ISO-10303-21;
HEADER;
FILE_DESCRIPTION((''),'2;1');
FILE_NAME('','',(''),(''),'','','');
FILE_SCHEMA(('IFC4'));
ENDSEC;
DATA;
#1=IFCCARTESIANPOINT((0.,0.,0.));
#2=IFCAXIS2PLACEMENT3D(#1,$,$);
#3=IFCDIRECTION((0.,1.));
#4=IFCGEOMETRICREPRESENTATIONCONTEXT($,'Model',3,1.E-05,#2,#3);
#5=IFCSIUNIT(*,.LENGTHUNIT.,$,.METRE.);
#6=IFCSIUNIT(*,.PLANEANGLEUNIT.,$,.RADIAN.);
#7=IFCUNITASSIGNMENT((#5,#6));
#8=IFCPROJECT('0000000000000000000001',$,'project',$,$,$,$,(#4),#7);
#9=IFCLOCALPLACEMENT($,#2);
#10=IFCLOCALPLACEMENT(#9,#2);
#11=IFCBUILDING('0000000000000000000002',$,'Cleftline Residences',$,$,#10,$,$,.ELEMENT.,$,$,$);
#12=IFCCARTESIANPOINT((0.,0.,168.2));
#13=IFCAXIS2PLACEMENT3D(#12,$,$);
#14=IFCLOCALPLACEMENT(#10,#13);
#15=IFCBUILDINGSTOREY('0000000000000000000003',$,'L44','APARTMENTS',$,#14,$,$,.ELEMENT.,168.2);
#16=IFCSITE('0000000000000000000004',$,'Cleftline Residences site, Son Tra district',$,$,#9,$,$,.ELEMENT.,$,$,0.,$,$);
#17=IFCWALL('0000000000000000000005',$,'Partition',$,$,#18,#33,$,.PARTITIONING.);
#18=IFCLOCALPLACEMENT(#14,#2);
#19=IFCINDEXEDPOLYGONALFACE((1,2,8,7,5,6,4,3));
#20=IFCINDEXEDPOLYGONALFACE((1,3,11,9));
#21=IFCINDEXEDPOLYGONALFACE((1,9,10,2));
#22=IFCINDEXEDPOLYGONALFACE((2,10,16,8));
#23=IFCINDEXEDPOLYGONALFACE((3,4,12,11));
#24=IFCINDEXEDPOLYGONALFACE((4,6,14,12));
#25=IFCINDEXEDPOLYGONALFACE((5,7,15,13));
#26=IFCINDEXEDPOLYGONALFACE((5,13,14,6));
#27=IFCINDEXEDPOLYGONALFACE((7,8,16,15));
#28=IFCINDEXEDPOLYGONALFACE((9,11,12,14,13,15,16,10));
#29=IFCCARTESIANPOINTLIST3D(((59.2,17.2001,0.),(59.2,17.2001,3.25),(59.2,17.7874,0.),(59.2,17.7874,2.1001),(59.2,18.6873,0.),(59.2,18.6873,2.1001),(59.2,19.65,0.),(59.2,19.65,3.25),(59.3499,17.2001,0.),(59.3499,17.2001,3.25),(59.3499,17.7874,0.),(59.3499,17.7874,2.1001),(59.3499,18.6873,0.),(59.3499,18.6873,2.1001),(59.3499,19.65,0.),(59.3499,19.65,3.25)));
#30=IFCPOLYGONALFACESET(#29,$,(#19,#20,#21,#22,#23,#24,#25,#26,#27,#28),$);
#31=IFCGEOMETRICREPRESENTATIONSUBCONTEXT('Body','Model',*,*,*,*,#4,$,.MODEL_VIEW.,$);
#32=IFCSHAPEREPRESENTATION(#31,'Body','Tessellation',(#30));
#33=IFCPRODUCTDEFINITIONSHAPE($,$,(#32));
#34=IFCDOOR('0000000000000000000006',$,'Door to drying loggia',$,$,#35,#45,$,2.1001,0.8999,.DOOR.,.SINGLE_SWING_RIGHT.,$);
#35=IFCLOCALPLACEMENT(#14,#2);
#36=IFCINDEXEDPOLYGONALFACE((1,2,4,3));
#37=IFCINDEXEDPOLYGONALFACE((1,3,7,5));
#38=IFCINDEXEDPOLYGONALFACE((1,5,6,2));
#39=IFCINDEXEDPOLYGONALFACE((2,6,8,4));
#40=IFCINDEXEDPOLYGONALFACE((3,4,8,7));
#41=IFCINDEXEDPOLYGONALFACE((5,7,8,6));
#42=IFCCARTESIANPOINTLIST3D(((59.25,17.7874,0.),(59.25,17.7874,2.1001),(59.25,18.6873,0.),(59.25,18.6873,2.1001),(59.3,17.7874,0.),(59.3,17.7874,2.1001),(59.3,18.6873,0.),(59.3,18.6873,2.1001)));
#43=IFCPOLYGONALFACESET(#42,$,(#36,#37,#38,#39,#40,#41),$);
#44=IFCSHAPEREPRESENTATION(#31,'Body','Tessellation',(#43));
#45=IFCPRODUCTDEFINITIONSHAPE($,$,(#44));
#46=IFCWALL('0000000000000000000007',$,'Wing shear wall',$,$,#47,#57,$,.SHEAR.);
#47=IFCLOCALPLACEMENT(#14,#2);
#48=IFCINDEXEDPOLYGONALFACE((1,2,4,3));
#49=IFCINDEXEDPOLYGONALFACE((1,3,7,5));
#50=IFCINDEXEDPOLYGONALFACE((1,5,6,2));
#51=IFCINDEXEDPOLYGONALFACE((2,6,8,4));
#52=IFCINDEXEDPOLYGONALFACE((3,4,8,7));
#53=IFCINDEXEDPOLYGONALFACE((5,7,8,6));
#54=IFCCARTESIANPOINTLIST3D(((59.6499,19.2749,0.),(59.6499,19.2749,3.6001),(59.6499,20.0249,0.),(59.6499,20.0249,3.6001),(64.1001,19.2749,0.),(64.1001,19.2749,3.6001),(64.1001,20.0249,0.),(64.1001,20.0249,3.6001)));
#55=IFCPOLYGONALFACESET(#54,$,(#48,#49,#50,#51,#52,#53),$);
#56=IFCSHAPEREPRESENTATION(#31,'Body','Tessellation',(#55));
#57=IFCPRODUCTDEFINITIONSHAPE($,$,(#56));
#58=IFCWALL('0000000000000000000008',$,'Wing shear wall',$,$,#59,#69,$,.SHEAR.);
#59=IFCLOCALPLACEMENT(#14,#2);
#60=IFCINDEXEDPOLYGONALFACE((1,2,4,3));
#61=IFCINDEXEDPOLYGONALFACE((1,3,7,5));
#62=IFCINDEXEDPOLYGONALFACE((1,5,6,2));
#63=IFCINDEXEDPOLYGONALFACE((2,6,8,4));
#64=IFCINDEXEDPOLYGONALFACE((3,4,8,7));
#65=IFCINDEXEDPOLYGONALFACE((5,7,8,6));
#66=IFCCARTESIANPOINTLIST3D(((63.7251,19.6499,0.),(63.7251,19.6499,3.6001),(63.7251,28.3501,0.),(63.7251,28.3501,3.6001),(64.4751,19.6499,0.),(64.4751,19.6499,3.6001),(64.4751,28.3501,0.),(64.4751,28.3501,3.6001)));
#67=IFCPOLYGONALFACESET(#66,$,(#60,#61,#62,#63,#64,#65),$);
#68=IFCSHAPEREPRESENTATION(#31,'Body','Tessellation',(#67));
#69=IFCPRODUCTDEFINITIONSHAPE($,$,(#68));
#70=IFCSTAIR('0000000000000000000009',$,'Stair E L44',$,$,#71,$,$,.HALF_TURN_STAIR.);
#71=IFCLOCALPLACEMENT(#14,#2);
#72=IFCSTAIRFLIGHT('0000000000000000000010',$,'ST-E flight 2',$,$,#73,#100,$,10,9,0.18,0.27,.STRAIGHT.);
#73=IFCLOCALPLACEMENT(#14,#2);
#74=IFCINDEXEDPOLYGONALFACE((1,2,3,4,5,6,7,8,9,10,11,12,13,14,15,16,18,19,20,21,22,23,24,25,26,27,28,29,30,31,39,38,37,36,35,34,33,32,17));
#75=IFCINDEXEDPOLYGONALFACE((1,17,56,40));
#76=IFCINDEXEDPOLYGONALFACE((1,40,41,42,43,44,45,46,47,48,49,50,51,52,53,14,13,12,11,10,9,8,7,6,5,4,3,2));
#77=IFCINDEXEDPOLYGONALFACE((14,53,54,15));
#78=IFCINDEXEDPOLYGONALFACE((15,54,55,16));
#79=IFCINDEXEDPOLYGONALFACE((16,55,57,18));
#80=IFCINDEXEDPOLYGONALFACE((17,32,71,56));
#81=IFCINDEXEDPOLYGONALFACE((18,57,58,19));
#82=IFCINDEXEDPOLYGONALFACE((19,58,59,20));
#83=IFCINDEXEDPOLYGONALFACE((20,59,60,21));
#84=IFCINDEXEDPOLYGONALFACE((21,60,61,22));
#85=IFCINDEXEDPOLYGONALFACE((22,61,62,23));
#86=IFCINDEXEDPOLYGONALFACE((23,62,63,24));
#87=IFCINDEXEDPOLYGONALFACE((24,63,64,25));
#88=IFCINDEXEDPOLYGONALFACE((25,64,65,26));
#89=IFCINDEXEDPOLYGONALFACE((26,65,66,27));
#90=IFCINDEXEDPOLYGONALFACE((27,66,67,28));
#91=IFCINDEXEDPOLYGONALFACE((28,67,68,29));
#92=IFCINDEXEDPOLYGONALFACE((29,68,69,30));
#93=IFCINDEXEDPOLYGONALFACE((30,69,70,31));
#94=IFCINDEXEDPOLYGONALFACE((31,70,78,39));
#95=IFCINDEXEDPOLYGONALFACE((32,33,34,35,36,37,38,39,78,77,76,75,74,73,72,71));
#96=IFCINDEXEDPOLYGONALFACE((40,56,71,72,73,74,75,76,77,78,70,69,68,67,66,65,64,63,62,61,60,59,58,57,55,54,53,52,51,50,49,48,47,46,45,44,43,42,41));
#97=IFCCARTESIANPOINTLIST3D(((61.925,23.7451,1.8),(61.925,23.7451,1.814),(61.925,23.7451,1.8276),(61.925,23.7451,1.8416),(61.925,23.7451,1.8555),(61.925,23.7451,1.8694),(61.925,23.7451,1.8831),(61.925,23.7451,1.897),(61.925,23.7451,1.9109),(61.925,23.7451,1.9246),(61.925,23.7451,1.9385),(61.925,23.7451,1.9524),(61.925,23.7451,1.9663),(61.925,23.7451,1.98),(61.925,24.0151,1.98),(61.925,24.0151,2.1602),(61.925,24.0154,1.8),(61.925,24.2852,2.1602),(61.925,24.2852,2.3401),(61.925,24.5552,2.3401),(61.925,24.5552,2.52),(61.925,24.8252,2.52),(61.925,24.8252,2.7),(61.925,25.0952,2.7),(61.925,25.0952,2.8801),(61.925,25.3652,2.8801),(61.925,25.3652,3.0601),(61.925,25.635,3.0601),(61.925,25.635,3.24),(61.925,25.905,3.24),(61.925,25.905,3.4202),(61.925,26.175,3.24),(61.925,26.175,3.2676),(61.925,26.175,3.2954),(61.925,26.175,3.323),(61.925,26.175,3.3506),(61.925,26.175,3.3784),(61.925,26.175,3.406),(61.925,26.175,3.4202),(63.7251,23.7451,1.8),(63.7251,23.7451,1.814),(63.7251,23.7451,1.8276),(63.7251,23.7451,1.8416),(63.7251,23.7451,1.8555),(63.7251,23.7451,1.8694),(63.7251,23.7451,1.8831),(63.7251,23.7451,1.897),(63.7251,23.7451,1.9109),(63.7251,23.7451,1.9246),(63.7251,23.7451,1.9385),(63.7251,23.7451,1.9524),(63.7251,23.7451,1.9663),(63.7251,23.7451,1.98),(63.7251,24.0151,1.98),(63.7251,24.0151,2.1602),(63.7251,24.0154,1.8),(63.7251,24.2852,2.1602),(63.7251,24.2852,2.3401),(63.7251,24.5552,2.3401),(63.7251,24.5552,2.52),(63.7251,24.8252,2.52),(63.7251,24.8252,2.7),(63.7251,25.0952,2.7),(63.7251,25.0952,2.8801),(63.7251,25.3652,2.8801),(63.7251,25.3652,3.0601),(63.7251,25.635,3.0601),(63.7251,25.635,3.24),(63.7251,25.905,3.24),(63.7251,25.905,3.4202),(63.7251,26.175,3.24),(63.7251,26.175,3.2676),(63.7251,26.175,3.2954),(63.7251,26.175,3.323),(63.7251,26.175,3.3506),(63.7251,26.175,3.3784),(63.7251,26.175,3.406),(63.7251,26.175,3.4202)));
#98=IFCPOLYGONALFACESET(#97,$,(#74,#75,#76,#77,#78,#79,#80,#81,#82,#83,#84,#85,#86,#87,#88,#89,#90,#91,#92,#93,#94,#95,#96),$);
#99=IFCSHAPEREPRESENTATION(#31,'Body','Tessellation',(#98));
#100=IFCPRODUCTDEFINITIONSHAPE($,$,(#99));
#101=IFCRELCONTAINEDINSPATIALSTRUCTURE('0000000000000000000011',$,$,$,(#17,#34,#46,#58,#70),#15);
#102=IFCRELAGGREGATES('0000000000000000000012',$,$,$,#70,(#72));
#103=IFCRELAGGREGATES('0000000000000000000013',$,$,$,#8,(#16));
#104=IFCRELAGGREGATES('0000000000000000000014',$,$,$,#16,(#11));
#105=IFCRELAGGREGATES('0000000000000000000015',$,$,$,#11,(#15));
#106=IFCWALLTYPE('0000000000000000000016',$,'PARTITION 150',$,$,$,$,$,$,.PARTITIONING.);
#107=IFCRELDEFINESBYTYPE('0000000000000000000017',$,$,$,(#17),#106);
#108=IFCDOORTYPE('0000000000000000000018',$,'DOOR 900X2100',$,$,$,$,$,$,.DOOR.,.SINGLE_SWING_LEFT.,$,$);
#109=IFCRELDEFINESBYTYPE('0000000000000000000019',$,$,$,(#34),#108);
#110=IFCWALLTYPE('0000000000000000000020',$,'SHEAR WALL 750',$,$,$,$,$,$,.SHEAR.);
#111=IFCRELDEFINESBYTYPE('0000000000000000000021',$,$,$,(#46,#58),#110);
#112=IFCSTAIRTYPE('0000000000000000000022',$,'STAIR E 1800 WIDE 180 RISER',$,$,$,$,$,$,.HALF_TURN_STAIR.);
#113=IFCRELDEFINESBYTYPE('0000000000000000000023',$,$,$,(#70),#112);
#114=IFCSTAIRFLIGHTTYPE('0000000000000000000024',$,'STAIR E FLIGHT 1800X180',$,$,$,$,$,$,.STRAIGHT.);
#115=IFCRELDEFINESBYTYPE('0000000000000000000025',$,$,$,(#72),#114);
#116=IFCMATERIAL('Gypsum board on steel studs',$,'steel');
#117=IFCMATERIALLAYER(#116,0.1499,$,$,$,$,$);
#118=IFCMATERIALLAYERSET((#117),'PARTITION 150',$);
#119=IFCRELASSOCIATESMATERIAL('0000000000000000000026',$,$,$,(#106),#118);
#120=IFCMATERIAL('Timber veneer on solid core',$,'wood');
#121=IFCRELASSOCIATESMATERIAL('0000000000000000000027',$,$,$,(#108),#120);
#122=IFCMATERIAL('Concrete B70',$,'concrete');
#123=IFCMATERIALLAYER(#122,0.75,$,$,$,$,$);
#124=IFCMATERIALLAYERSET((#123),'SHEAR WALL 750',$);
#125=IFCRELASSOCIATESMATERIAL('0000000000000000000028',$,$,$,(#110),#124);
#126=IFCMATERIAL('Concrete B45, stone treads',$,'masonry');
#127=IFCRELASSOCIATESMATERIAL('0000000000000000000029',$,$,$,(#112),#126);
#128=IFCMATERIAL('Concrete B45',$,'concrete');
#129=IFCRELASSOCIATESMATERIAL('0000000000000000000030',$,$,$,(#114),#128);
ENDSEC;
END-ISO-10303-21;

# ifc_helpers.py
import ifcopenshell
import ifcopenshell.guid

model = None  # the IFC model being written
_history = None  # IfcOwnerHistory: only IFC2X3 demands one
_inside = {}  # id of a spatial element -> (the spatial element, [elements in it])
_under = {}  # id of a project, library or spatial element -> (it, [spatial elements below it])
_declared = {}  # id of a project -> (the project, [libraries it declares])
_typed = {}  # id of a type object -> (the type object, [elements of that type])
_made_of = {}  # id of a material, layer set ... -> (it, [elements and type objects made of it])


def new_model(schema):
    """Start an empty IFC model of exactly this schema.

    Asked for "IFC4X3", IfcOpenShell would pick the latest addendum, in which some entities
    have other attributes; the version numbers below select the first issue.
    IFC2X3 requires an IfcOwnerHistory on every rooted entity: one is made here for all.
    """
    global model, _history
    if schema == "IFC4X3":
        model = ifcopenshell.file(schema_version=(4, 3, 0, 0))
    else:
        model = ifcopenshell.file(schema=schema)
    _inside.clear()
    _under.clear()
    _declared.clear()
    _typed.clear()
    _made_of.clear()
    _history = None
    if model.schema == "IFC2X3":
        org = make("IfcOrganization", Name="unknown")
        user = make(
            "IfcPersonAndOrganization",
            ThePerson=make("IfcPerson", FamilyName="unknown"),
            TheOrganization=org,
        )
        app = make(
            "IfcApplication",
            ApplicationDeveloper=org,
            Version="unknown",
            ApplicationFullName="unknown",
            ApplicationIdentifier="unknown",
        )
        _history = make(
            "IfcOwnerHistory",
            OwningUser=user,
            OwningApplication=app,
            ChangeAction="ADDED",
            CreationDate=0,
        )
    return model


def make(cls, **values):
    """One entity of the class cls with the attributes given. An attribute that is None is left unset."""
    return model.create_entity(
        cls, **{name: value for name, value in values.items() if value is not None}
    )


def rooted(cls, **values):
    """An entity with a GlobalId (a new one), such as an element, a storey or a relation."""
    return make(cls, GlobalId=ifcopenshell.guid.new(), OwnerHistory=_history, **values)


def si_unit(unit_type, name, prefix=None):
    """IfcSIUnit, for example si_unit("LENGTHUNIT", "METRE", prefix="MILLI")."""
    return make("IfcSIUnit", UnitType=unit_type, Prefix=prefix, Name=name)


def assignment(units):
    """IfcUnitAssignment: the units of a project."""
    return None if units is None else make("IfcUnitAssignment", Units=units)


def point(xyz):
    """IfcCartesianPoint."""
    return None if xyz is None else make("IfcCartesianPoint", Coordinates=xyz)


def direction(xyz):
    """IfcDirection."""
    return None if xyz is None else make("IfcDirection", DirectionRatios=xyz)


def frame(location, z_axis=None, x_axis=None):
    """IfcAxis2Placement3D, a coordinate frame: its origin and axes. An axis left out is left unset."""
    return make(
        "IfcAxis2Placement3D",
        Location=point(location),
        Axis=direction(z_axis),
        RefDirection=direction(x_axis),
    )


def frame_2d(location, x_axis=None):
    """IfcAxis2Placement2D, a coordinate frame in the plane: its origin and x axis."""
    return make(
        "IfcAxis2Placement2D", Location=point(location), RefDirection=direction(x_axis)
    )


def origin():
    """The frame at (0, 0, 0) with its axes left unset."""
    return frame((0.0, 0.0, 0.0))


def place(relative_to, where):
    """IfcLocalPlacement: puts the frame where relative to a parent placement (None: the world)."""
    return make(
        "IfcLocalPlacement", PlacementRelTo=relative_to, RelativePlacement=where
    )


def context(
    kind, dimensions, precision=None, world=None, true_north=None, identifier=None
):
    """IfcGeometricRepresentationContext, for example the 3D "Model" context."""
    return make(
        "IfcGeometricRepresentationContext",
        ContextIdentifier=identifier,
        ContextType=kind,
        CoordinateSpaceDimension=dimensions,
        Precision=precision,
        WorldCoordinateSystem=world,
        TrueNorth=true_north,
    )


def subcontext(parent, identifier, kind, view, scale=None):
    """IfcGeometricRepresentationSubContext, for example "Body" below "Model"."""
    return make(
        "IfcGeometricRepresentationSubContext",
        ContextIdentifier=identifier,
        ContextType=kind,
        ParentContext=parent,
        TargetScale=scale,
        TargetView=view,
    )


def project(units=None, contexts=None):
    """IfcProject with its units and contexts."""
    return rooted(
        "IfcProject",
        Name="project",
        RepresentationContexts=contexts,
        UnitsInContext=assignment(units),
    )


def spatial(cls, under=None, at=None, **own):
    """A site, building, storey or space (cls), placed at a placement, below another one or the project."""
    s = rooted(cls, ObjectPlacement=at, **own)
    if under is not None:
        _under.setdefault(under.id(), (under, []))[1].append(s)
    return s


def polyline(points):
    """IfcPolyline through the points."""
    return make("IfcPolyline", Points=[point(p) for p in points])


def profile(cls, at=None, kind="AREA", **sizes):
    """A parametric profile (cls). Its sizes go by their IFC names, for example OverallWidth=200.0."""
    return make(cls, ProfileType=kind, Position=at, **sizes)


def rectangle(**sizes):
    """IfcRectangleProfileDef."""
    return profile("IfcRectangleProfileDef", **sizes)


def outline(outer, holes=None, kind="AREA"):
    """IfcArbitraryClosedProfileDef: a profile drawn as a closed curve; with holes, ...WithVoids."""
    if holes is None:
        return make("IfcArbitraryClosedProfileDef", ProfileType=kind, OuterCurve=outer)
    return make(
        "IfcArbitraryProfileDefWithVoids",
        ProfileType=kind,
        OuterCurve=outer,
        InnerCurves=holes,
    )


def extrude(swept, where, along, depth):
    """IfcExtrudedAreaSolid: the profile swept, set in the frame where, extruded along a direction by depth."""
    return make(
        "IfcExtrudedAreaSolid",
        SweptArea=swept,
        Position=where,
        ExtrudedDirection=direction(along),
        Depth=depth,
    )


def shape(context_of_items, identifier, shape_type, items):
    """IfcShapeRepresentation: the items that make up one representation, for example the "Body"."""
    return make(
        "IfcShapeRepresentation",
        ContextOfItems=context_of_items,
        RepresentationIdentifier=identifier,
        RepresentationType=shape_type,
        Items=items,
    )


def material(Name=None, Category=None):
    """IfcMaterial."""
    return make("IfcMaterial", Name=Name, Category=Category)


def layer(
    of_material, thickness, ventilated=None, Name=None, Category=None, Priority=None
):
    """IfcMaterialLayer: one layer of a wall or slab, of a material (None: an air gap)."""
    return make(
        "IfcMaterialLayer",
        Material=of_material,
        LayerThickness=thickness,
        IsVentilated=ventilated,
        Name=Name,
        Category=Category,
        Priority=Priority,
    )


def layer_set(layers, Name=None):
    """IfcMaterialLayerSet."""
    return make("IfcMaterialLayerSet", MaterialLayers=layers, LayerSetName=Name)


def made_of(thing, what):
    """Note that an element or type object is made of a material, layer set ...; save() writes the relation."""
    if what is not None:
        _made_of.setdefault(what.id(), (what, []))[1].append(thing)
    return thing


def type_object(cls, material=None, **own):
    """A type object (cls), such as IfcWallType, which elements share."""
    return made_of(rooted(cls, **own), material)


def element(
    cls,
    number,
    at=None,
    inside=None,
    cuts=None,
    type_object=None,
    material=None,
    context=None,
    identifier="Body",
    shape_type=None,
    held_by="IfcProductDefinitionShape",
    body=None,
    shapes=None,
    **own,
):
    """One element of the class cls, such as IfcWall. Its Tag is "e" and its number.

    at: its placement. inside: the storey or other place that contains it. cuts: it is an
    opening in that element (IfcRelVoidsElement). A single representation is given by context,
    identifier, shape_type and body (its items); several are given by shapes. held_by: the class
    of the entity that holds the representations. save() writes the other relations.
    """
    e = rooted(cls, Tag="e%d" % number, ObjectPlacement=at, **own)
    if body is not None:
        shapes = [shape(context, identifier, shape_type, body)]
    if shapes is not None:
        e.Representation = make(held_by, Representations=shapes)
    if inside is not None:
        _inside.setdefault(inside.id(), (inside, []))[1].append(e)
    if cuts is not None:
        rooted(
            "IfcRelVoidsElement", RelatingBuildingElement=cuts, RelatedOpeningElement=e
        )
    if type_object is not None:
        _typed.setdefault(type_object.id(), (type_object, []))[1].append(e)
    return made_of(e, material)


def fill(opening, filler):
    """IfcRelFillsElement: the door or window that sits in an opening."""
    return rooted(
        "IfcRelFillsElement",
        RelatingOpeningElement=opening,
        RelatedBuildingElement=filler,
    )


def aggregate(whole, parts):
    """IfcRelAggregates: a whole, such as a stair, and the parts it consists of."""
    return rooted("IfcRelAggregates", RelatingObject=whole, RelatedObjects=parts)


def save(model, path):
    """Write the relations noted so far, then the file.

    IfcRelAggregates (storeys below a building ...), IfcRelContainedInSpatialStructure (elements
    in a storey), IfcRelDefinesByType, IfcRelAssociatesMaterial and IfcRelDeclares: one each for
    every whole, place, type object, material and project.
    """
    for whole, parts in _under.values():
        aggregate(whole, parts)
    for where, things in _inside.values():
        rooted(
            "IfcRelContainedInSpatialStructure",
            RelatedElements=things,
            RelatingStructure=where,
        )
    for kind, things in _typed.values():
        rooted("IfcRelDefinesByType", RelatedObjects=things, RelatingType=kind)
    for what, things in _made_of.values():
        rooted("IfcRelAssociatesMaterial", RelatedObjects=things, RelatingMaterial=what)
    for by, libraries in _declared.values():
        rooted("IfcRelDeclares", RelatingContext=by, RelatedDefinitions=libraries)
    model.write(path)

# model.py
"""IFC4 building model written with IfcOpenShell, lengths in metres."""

from ifc_helpers import new_model, si_unit, direction, frame, frame_2d, origin, place, context, subcontext, project, spatial, polyline, rectangle, outline, extrude, material, layer, layer_set, type_object, element, fill, aggregate, save


model = new_model("IFC4")

# Units and contexts
model_context = context("Model", 3, precision=1e-05, world=origin(), true_north=direction((0.0, 1.0)))
body_context = subcontext(model_context, "Body", "Model", "MODEL_VIEW")
ifc_project = project(units=[si_unit("LENGTHUNIT", "METRE"), si_unit("PLANEANGLEUNIT", "RADIAN")], contexts=[model_context])

# Site, building, storey
site_placement = place(None, origin())
site = spatial("IfcSite", under=ifc_project, at=site_placement, Name="Cleftline Residences site, Son Tra district", CompositionType="ELEMENT", RefElevation=0.0)
building_placement = place(site_placement, origin())
building = spatial("IfcBuilding", under=site, at=building_placement, Name="Cleftline Residences", CompositionType="ELEMENT")
storey_placement = place(building_placement, frame((0.0, 0.0, 168.2)))
storey = spatial("IfcBuildingStorey", under=building, at=storey_placement, Name="L44", Description="APARTMENTS", CompositionType="ELEMENT", Elevation=168.2)

# Shared definitions
ifc_material_1 = material(Name="Gypsum board on steel studs", Category="steel")
ifc_layer_1 = layer(ifc_material_1, 0.1499)
ifc_layer_set_1 = layer_set([ifc_layer_1], Name="PARTITION 150")
wall_type_1 = type_object("IfcWallType", Name="PARTITION 150", PredefinedType="PARTITIONING", material=ifc_layer_set_1)

# Wall, opening, door
wall_1_placement = place(storey_placement, frame((59.2749, 17.2, 0.0), z_axis=(0.0, 0.0, 1.0), x_axis=(0.0, 1.0, 0.0)))
wall_1 = element("IfcWall", 1, at=wall_1_placement, inside=storey, type_object=wall_type_1, Name="Partition", PredefinedType="PARTITIONING", context=body_context, shape_type="SweptSolid", body=[
    extrude(rectangle(XDim=2.45, YDim=0.1499, at=frame_2d((1.2251, 0.0))), origin(), (0.0, 0.0, 1.0), 3.25),
])
opening_1_placement = place(wall_1_placement, frame((0.5874, 0.0, 0.0)))
opening_1 = element("IfcOpeningElement", 2, at=opening_1_placement, cuts=wall_1, PredefinedType="OPENING", context=body_context, shape_type="SweptSolid", body=[
    extrude(rectangle(XDim=0.8999, YDim=2.1001, at=frame_2d((0.45, 1.05))), frame((0.0, 0.085, 0.0), z_axis=(0.0, -1.0, 0.0), x_axis=(1.0, 0.0, 0.0)), (0.0, 0.0, 1.0), 0.1699),
])
ifc_material_2 = material(Name="Timber veneer on solid core", Category="wood")
door_type_1 = type_object("IfcDoorType", Name="DOOR 900X2100", OperationType="SINGLE_SWING_LEFT", PredefinedType="DOOR", material=ifc_material_2)
door_1_placement = place(opening_1_placement, origin())
door_1 = element("IfcDoor", 3, at=door_1_placement, inside=storey, type_object=door_type_1, Name="Door to drying loggia", OperationType="SINGLE_SWING_RIGHT", OverallHeight=2.1001, OverallWidth=0.8999, PredefinedType="DOOR", context=body_context, shape_type="SweptSolid", body=[
    extrude(rectangle(XDim=0.8999, YDim=2.1001, at=frame_2d((0.45, 1.05))), frame((0.0, 0.0249, 0.0), z_axis=(0.0, -1.0, 0.0), x_axis=(1.0, 0.0, 0.0)), (0.0, 0.0, 1.0), 0.05),
])
fill(opening_1, door_1)

# Walls
ifc_material_3 = material(Name="Concrete B70", Category="concrete")
ifc_layer_2 = layer(ifc_material_3, 0.75)
ifc_layer_set_2 = layer_set([ifc_layer_2], Name="SHEAR WALL 750")
wall_type_2 = type_object("IfcWallType", Name="SHEAR WALL 750", PredefinedType="SHEAR", material=ifc_layer_set_2)
wall_2_placement = place(storey_placement, frame((59.6499, 19.6499, 0.0), z_axis=(0.0, 0.0, 1.0), x_axis=(1.0, 0.0, 0.0)))
element("IfcWall", 4, at=wall_2_placement, inside=storey, type_object=wall_type_2, Name="Wing shear wall", PredefinedType="SHEAR", context=body_context, shape_type="SweptSolid", body=[
    extrude(rectangle(XDim=4.4502, YDim=0.75, at=frame_2d((2.2251, 0.0))), origin(), (0.0, 0.0, 1.0), 3.6001),
])
wall_3_placement = place(storey_placement, frame((64.1001, 19.6499, 0.0), z_axis=(0.0, 0.0, 1.0), x_axis=(0.0, 1.0, 0.0)))
element("IfcWall", 5, at=wall_3_placement, inside=storey, type_object=wall_type_2, Name="Wing shear wall", PredefinedType="SHEAR", context=body_context, shape_type="SweptSolid", body=[
    extrude(rectangle(XDim=8.7002, YDim=0.75, at=frame_2d((4.3501, 0.0))), origin(), (0.0, 0.0, 1.0), 3.6001),
])

# Stair, stair flight
ifc_material_4 = material(Name="Concrete B45, stone treads", Category="masonry")
stair_type = type_object("IfcStairType", Name="STAIR E 1800 WIDE 180 RISER", PredefinedType="HALF_TURN_STAIR", material=ifc_material_4)
stair_placement = place(storey_placement, origin())
stair = element("IfcStair", 6, at=stair_placement, inside=storey, type_object=stair_type, Name="Stair E L44", PredefinedType="HALF_TURN_STAIR")
ifc_material_5 = material(Name="Concrete B45", Category="concrete")
stair_flight_type = type_object("IfcStairFlightType", Name="STAIR E FLIGHT 1800X180", PredefinedType="STRAIGHT", material=ifc_material_5)
stair_flight_placement = place(storey_placement, frame((62.825, 23.7451, 1.8), z_axis=(0.0, 0.0, 1.0), x_axis=(0.0, 1.0, 0.0)))
stair_flight = element("IfcStairFlight", 7, at=stair_flight_placement, type_object=stair_flight_type, Name="ST-E flight 2", NumberOfRisers=10, NumberOfTreads=9, PredefinedType="STRAIGHT", RiserHeight=0.18, TreadLength=0.27, context=body_context, shape_type="SweptSolid", body=[
    extrude(outline(polyline([(0.0, 0.0), (0.0, 0.0139), (0.0, 0.0276), (0.0, 0.0415), (0.0, 0.0554), (0.0, 0.0693), (0.0, 0.083), (0.0, 0.0969), (0.0, 0.1108), (0.0, 0.1245), (0.0, 0.1384), (0.0, 0.1523), (0.0, 0.1663), (0.0, 0.1799), (0.27, 0.1799), (0.27, 0.3601), (0.54, 0.3601), (0.54, 0.54), (0.8101, 0.54), (0.8101, 0.72), (1.0801, 0.72), (1.0801, 0.8999), (1.3501, 0.8999), (1.3501, 1.0801), (1.6201, 1.0801), (1.6201, 1.26), (1.8899, 1.26), (1.8899, 1.4399), (2.1599, 1.4399), (2.1599, 1.6201), (2.4299, 1.6201), (2.4299, 1.8), (2.4299, 1.7722), (2.4299, 1.7446), (2.4299, 1.7168), (2.4299, 1.6892), (2.4299, 1.6614), (2.4299, 1.6338), (2.4299, 1.606), (2.4299, 1.5784), (2.4299, 1.5505), (2.4299, 1.5229), (2.4299, 1.4954), (2.4299, 1.4675), (2.4299, 1.4399), (0.2703, 0.0), (0.0, 0.0)])), frame((0.0, 0.8999, 0.0), z_axis=(0.0, -1.0, 0.0), x_axis=(1.0, 0.0, 0.0)), (0.0, 0.0, 1.0), 1.8),
])
aggregate(stair, [stair_flight])

save(model, "model.ifc")
